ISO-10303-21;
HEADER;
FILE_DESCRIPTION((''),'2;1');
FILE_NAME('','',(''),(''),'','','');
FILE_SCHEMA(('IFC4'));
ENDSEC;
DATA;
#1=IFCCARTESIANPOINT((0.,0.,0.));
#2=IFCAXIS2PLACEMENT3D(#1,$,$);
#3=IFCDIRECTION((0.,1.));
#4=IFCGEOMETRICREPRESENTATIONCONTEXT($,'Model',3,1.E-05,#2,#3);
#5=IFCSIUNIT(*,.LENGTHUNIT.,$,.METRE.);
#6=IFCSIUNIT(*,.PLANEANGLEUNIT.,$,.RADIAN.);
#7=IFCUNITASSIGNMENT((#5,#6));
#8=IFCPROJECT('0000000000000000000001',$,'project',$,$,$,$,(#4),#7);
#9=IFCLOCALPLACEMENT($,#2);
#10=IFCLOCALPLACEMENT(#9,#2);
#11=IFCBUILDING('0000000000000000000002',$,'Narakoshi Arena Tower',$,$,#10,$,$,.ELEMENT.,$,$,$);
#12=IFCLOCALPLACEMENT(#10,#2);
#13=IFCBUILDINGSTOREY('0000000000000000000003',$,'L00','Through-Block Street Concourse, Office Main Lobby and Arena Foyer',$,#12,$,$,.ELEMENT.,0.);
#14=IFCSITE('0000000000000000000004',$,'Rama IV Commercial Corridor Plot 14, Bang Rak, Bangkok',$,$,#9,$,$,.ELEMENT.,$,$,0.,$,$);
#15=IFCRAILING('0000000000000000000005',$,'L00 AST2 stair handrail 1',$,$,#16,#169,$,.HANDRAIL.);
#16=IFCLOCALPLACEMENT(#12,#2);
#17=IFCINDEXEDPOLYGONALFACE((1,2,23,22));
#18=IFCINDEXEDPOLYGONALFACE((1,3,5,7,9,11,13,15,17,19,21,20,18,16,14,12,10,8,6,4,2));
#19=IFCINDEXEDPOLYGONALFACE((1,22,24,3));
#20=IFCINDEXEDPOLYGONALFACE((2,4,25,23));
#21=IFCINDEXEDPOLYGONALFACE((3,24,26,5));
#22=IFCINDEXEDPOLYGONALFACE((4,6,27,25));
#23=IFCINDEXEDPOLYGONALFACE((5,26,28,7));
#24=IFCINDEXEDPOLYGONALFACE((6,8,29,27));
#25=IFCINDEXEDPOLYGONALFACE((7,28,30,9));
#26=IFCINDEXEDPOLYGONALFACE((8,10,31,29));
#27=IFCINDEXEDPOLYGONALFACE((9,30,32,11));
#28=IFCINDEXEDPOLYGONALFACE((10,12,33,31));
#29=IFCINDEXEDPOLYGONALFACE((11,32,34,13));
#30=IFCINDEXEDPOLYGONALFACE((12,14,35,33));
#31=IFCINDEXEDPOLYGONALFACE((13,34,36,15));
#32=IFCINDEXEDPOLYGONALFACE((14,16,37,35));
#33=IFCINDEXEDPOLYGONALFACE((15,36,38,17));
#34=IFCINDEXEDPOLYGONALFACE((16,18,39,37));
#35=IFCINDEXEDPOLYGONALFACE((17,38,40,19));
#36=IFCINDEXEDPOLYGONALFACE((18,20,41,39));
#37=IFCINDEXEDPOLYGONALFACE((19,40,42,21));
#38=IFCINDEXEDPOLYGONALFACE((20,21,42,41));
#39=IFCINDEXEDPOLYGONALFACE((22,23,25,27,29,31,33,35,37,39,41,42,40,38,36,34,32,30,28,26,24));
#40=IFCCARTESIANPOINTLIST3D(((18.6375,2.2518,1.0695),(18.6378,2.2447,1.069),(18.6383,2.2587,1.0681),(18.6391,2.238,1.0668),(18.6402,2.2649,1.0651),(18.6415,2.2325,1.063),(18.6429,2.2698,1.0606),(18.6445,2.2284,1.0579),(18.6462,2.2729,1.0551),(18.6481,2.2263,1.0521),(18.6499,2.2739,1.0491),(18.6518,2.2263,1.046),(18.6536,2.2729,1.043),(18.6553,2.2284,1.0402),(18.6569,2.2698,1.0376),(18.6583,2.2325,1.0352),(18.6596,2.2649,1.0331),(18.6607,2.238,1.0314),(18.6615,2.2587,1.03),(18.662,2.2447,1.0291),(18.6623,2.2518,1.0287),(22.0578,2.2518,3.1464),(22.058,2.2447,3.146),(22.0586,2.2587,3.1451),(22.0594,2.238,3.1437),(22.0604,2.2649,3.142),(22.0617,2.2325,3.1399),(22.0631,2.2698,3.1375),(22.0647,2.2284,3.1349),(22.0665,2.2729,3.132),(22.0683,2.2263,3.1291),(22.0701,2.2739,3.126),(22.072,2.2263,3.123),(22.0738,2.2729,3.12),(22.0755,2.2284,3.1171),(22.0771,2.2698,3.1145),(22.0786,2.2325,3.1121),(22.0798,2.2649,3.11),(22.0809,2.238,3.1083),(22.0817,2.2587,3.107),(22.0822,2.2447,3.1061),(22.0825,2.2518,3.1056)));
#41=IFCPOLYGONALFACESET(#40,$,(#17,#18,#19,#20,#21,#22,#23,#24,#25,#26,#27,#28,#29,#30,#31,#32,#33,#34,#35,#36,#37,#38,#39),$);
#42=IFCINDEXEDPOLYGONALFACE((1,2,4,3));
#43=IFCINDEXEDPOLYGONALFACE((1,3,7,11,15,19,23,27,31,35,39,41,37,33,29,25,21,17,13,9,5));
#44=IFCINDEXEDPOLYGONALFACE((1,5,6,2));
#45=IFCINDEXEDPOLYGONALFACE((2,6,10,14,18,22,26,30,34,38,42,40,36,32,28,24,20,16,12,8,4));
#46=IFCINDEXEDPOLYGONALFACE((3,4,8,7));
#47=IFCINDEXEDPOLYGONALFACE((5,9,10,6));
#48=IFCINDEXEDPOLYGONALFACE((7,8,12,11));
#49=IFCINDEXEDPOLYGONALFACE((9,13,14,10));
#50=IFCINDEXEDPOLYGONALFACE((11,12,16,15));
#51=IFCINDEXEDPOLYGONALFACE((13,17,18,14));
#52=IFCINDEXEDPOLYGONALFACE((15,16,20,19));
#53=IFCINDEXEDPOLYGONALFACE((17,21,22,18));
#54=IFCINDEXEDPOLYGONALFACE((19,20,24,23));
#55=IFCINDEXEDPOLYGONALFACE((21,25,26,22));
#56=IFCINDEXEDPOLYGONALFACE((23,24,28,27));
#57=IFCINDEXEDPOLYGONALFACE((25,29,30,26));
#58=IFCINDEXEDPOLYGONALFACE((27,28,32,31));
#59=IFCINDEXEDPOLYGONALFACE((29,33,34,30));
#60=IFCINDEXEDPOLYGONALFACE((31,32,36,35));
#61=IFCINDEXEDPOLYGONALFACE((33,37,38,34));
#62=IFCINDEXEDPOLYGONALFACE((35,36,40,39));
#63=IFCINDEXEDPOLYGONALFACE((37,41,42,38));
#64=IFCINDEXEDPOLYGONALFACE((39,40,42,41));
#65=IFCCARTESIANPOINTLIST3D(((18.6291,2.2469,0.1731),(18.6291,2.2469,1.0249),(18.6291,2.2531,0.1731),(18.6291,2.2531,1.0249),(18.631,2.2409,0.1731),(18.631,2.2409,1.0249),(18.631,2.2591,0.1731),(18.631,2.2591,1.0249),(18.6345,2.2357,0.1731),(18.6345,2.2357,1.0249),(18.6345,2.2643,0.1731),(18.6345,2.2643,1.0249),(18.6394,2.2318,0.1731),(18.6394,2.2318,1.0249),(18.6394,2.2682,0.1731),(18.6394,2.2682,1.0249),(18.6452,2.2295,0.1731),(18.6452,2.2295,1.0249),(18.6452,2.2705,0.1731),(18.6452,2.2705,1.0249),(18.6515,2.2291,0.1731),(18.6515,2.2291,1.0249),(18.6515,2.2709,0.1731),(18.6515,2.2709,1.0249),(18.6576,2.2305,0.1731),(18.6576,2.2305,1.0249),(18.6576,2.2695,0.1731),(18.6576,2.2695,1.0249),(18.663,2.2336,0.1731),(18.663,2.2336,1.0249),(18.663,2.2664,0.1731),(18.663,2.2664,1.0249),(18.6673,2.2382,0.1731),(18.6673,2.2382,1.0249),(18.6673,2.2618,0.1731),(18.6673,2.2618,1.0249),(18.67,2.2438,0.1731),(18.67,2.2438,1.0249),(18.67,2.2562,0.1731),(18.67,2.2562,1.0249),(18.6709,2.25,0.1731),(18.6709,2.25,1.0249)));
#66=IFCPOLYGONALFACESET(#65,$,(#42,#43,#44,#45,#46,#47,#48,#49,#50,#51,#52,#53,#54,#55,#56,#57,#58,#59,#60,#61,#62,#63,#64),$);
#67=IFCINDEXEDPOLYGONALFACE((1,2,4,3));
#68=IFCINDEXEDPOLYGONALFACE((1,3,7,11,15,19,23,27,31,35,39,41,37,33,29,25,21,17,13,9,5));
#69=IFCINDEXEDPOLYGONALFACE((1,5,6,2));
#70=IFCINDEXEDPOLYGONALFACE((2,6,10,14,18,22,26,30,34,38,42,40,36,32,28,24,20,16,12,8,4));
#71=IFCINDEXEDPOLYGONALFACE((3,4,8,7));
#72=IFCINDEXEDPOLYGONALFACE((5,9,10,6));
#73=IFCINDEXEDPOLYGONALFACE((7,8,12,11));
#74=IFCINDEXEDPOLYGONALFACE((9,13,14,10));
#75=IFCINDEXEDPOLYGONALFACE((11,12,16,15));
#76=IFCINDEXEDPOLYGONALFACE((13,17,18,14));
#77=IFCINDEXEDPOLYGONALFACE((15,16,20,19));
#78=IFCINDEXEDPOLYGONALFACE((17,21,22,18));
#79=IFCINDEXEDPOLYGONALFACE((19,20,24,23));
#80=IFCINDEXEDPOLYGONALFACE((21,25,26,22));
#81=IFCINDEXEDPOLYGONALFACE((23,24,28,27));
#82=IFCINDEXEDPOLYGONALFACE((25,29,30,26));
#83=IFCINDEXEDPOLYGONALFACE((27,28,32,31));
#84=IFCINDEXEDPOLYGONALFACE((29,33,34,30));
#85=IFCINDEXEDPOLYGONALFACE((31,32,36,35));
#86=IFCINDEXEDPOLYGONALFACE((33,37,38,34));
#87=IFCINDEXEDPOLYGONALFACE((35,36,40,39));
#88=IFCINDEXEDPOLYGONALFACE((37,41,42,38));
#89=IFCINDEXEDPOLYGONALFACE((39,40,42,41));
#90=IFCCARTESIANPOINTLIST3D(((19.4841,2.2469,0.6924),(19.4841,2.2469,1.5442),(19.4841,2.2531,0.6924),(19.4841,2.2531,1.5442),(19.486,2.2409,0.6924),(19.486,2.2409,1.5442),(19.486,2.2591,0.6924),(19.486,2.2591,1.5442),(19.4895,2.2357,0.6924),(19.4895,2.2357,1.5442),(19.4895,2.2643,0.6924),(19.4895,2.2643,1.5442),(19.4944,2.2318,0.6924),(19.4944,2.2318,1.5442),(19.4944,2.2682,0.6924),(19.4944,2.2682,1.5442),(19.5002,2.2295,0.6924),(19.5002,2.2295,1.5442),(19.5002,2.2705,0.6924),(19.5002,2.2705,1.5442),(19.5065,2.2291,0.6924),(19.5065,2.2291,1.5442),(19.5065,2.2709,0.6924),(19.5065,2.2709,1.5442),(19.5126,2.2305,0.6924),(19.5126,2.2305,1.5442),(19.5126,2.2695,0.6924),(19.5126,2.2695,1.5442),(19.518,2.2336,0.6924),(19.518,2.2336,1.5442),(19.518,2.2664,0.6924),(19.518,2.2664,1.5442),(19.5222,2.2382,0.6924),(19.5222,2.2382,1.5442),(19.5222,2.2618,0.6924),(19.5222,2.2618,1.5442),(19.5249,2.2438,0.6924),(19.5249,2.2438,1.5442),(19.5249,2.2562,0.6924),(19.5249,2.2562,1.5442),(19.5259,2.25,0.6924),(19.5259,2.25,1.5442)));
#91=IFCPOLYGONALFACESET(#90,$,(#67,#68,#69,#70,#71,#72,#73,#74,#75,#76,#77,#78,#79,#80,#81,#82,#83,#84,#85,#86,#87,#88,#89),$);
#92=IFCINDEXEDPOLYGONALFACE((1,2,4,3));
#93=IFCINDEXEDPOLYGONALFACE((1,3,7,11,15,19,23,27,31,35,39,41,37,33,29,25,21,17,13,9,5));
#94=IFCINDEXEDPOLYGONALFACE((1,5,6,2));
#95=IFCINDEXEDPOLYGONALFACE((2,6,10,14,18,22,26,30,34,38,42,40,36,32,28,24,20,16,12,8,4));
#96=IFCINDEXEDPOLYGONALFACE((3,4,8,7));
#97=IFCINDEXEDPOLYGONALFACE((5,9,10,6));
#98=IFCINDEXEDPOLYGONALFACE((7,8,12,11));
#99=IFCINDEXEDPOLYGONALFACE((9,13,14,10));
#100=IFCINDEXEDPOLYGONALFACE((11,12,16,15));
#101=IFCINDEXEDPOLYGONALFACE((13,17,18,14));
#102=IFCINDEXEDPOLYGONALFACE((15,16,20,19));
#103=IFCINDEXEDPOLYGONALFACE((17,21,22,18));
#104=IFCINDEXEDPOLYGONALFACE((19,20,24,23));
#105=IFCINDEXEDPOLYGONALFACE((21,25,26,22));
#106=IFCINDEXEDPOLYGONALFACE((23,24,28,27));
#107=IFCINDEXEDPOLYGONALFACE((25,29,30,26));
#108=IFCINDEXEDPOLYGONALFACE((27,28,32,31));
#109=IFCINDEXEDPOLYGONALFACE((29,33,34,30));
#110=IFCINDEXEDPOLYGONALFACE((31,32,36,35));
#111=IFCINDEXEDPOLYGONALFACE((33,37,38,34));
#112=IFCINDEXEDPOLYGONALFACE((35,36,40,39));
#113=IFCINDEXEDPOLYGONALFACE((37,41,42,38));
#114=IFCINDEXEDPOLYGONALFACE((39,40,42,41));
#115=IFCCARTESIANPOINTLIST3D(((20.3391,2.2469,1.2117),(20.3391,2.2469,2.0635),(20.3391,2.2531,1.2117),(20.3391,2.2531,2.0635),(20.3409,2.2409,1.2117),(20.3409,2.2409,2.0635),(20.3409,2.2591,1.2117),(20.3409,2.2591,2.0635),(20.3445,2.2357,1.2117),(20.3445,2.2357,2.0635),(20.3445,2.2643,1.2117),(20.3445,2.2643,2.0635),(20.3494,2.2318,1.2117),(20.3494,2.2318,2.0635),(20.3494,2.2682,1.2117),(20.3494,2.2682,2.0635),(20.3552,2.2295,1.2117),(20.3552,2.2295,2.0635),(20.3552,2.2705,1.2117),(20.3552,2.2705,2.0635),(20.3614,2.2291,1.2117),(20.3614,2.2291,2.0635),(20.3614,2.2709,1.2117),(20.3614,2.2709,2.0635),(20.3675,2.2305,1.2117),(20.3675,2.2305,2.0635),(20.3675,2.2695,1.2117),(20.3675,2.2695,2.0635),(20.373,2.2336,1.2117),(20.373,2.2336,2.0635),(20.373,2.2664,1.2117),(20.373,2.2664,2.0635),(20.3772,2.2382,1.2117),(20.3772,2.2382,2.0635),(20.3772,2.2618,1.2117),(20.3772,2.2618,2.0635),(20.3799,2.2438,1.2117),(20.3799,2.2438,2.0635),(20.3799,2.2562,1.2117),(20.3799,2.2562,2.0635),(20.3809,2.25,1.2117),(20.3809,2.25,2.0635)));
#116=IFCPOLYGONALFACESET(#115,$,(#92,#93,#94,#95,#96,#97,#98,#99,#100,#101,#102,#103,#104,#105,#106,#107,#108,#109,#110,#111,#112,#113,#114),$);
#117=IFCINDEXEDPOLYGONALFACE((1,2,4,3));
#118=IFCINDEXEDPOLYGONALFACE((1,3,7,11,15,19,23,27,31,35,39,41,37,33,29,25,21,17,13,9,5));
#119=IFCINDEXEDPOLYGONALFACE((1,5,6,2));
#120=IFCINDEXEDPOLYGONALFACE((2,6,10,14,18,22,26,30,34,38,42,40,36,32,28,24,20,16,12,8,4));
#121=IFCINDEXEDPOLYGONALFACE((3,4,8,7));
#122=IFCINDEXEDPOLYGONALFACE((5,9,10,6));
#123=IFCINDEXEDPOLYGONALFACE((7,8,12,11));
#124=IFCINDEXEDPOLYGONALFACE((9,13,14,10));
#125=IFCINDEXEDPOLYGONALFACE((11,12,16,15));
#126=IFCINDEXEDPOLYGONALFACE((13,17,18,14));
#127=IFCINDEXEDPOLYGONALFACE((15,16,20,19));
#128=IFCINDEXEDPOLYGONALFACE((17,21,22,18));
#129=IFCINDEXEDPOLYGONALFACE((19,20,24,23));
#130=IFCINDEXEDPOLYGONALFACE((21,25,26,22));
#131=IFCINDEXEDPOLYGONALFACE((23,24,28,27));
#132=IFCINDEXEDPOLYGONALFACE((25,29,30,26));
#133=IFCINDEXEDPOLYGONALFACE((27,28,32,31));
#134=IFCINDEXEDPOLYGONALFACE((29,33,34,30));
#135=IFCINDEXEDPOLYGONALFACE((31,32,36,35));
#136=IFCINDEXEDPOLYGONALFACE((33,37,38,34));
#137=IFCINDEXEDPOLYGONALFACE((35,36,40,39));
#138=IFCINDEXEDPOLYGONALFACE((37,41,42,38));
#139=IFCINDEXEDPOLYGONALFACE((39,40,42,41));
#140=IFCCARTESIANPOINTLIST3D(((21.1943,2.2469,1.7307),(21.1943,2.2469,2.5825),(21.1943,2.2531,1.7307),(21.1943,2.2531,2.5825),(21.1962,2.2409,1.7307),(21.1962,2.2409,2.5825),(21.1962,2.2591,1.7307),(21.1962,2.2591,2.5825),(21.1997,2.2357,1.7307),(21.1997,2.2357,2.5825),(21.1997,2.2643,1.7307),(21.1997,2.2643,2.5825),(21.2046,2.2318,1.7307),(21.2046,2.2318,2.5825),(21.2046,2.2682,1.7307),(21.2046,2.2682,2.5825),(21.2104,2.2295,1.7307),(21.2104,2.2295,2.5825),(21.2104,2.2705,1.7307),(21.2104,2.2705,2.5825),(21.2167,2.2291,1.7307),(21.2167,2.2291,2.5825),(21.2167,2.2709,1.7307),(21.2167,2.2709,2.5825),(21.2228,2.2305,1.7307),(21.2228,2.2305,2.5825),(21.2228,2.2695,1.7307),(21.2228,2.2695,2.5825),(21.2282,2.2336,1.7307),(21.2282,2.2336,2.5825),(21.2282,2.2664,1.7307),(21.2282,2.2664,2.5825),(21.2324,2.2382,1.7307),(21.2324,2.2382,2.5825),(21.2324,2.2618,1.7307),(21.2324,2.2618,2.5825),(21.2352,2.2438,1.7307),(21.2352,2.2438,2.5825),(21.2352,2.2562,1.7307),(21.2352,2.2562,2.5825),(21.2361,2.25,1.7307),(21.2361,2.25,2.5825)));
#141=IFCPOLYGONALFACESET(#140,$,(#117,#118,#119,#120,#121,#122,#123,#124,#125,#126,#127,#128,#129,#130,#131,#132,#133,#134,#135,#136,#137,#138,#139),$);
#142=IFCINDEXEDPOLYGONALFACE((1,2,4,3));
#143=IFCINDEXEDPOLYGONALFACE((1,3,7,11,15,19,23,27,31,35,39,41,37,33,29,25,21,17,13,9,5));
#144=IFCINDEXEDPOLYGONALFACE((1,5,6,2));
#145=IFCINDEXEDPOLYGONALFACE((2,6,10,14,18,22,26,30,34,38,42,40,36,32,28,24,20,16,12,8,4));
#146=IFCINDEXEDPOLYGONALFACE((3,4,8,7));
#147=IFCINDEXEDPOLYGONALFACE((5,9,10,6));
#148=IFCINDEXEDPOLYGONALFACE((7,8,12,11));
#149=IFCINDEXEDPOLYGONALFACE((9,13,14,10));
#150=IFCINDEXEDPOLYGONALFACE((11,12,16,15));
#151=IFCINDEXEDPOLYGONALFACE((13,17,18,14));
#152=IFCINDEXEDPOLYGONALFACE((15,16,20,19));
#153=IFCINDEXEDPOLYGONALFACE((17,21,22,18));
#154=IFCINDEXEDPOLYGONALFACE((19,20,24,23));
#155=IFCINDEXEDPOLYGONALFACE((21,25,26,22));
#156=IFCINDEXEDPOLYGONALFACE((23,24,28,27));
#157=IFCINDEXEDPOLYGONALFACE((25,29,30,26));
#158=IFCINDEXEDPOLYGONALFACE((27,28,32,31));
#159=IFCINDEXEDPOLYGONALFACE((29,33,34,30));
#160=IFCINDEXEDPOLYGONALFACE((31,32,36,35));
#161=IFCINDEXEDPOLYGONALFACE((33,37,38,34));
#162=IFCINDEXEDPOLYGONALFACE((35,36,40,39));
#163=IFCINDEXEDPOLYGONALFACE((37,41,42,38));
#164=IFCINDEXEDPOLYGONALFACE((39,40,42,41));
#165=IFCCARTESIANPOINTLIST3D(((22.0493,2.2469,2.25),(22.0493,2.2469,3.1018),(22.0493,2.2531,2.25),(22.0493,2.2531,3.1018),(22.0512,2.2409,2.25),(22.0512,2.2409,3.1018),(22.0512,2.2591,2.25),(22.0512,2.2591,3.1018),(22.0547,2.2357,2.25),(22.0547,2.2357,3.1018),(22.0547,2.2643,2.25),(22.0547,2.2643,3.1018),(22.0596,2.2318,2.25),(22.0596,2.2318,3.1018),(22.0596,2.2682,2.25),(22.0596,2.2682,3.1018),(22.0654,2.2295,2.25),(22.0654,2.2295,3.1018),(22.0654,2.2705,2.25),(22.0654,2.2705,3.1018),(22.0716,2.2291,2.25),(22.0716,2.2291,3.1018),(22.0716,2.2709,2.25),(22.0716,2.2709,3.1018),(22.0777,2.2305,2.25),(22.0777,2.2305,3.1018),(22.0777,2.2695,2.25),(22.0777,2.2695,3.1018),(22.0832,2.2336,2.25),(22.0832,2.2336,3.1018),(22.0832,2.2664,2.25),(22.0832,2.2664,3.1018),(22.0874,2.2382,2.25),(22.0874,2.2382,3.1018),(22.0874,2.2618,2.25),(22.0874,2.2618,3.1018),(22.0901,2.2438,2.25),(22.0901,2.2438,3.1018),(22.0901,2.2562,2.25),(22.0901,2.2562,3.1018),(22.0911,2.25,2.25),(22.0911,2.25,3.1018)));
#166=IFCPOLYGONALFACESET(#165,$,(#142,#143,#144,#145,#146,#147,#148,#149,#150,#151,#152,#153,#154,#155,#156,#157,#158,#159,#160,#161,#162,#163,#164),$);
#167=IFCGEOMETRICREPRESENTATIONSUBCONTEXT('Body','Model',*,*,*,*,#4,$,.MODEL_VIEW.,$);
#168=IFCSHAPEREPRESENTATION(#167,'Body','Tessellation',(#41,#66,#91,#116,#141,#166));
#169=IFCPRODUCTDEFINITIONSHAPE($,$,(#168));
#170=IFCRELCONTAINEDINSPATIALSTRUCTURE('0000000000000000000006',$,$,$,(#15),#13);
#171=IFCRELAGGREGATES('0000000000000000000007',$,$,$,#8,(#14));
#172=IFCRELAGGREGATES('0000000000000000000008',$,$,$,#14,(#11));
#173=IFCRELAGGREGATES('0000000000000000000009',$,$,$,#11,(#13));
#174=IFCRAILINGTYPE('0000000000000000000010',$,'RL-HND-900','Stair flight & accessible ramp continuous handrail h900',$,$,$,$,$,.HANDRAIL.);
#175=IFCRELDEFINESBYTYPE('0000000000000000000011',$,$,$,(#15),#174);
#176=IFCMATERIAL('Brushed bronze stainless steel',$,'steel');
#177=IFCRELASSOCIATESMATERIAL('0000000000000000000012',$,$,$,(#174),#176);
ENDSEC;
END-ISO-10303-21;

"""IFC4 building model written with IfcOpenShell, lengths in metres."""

from ifc_helpers import new_model, si_unit, direction, frame, origin, origin_2d, place, context, subcontext, project, spatial, circle, extrude, material, type_object, element, save


model = new_model("IFC4")

# Units and contexts
model_context = context("Model", 3, precision=1e-05, world=origin(), true_north=direction((0.0, 1.0)))
body_context = subcontext(model_context, "Body", "Model", "MODEL_VIEW")
ifc_project = project(units=[si_unit("LENGTHUNIT", "METRE"), si_unit("PLANEANGLEUNIT", "RADIAN")], contexts=[model_context])

# Site, building, storey
site_placement = place(None, origin())
site = spatial("IfcSite", under=ifc_project, at=site_placement, Name="Rama IV Commercial Corridor Plot 14, Bang Rak, Bangkok", CompositionType="ELEMENT", RefElevation=0.0)
building_placement = place(site_placement, origin())
building = spatial("IfcBuilding", under=site, at=building_placement, Name="Narakoshi Arena Tower", CompositionType="ELEMENT")
storey_placement = place(building_placement, origin())
storey = spatial("IfcBuildingStorey", under=building, at=storey_placement, Name="L00", Description="Through-Block Street Concourse, Office Main Lobby and Arena Foyer", CompositionType="ELEMENT", Elevation=0.0)

# Railing
ifc_material_1 = material(Name="Brushed bronze stainless steel", Category="steel")
railing_type_1 = type_object("IfcRailingType", Name="RL-HND-900", Description="Stair flight & accessible ramp continuous handrail h900", PredefinedType="HANDRAIL", material=ifc_material_1)
for number, where, name in (
    (1, (18.6499, 2.25, 0.1731), "L00 AST2 stair handrail 1"),
):
    element("IfcRailing", number, at=place(storey_placement, frame(where)), inside=storey, type_object=railing_type_1, Name=name, PredefinedType="HANDRAIL", context=body_context, shape_type="SweptSolid", body=[
        extrude(circle(Radius=0.0239, at=origin_2d()), frame((0.0, 0.0, 0.876), z_axis=(0.854746, 0.0, 0.519047), x_axis=(0.0, 1.0, 0.0)), (0.0, 0.0, 1.0), 4.0015),
        extrude(circle(Radius=0.021, at=origin_2d()), origin(), (0.0, 0.0, 1.0), 0.8518),
        extrude(circle(Radius=0.021, at=origin_2d()), frame((0.855, 0.0, 0.5193)), (0.0, 0.0, 1.0), 0.8518),
        extrude(circle(Radius=0.021, at=origin_2d()), frame((1.71, 0.0, 1.0386)), (0.0, 0.0, 1.0), 0.8518),
        extrude(circle(Radius=0.021, at=origin_2d()), frame((2.5652, 0.0, 1.5576)), (0.0, 0.0, 1.0), 0.8518),
        extrude(circle(Radius=0.021, at=origin_2d()), frame((3.4202, 0.0, 2.0769)), (0.0, 0.0, 1.0), 0.8518),
    ])

save(model, "model.ifc")
